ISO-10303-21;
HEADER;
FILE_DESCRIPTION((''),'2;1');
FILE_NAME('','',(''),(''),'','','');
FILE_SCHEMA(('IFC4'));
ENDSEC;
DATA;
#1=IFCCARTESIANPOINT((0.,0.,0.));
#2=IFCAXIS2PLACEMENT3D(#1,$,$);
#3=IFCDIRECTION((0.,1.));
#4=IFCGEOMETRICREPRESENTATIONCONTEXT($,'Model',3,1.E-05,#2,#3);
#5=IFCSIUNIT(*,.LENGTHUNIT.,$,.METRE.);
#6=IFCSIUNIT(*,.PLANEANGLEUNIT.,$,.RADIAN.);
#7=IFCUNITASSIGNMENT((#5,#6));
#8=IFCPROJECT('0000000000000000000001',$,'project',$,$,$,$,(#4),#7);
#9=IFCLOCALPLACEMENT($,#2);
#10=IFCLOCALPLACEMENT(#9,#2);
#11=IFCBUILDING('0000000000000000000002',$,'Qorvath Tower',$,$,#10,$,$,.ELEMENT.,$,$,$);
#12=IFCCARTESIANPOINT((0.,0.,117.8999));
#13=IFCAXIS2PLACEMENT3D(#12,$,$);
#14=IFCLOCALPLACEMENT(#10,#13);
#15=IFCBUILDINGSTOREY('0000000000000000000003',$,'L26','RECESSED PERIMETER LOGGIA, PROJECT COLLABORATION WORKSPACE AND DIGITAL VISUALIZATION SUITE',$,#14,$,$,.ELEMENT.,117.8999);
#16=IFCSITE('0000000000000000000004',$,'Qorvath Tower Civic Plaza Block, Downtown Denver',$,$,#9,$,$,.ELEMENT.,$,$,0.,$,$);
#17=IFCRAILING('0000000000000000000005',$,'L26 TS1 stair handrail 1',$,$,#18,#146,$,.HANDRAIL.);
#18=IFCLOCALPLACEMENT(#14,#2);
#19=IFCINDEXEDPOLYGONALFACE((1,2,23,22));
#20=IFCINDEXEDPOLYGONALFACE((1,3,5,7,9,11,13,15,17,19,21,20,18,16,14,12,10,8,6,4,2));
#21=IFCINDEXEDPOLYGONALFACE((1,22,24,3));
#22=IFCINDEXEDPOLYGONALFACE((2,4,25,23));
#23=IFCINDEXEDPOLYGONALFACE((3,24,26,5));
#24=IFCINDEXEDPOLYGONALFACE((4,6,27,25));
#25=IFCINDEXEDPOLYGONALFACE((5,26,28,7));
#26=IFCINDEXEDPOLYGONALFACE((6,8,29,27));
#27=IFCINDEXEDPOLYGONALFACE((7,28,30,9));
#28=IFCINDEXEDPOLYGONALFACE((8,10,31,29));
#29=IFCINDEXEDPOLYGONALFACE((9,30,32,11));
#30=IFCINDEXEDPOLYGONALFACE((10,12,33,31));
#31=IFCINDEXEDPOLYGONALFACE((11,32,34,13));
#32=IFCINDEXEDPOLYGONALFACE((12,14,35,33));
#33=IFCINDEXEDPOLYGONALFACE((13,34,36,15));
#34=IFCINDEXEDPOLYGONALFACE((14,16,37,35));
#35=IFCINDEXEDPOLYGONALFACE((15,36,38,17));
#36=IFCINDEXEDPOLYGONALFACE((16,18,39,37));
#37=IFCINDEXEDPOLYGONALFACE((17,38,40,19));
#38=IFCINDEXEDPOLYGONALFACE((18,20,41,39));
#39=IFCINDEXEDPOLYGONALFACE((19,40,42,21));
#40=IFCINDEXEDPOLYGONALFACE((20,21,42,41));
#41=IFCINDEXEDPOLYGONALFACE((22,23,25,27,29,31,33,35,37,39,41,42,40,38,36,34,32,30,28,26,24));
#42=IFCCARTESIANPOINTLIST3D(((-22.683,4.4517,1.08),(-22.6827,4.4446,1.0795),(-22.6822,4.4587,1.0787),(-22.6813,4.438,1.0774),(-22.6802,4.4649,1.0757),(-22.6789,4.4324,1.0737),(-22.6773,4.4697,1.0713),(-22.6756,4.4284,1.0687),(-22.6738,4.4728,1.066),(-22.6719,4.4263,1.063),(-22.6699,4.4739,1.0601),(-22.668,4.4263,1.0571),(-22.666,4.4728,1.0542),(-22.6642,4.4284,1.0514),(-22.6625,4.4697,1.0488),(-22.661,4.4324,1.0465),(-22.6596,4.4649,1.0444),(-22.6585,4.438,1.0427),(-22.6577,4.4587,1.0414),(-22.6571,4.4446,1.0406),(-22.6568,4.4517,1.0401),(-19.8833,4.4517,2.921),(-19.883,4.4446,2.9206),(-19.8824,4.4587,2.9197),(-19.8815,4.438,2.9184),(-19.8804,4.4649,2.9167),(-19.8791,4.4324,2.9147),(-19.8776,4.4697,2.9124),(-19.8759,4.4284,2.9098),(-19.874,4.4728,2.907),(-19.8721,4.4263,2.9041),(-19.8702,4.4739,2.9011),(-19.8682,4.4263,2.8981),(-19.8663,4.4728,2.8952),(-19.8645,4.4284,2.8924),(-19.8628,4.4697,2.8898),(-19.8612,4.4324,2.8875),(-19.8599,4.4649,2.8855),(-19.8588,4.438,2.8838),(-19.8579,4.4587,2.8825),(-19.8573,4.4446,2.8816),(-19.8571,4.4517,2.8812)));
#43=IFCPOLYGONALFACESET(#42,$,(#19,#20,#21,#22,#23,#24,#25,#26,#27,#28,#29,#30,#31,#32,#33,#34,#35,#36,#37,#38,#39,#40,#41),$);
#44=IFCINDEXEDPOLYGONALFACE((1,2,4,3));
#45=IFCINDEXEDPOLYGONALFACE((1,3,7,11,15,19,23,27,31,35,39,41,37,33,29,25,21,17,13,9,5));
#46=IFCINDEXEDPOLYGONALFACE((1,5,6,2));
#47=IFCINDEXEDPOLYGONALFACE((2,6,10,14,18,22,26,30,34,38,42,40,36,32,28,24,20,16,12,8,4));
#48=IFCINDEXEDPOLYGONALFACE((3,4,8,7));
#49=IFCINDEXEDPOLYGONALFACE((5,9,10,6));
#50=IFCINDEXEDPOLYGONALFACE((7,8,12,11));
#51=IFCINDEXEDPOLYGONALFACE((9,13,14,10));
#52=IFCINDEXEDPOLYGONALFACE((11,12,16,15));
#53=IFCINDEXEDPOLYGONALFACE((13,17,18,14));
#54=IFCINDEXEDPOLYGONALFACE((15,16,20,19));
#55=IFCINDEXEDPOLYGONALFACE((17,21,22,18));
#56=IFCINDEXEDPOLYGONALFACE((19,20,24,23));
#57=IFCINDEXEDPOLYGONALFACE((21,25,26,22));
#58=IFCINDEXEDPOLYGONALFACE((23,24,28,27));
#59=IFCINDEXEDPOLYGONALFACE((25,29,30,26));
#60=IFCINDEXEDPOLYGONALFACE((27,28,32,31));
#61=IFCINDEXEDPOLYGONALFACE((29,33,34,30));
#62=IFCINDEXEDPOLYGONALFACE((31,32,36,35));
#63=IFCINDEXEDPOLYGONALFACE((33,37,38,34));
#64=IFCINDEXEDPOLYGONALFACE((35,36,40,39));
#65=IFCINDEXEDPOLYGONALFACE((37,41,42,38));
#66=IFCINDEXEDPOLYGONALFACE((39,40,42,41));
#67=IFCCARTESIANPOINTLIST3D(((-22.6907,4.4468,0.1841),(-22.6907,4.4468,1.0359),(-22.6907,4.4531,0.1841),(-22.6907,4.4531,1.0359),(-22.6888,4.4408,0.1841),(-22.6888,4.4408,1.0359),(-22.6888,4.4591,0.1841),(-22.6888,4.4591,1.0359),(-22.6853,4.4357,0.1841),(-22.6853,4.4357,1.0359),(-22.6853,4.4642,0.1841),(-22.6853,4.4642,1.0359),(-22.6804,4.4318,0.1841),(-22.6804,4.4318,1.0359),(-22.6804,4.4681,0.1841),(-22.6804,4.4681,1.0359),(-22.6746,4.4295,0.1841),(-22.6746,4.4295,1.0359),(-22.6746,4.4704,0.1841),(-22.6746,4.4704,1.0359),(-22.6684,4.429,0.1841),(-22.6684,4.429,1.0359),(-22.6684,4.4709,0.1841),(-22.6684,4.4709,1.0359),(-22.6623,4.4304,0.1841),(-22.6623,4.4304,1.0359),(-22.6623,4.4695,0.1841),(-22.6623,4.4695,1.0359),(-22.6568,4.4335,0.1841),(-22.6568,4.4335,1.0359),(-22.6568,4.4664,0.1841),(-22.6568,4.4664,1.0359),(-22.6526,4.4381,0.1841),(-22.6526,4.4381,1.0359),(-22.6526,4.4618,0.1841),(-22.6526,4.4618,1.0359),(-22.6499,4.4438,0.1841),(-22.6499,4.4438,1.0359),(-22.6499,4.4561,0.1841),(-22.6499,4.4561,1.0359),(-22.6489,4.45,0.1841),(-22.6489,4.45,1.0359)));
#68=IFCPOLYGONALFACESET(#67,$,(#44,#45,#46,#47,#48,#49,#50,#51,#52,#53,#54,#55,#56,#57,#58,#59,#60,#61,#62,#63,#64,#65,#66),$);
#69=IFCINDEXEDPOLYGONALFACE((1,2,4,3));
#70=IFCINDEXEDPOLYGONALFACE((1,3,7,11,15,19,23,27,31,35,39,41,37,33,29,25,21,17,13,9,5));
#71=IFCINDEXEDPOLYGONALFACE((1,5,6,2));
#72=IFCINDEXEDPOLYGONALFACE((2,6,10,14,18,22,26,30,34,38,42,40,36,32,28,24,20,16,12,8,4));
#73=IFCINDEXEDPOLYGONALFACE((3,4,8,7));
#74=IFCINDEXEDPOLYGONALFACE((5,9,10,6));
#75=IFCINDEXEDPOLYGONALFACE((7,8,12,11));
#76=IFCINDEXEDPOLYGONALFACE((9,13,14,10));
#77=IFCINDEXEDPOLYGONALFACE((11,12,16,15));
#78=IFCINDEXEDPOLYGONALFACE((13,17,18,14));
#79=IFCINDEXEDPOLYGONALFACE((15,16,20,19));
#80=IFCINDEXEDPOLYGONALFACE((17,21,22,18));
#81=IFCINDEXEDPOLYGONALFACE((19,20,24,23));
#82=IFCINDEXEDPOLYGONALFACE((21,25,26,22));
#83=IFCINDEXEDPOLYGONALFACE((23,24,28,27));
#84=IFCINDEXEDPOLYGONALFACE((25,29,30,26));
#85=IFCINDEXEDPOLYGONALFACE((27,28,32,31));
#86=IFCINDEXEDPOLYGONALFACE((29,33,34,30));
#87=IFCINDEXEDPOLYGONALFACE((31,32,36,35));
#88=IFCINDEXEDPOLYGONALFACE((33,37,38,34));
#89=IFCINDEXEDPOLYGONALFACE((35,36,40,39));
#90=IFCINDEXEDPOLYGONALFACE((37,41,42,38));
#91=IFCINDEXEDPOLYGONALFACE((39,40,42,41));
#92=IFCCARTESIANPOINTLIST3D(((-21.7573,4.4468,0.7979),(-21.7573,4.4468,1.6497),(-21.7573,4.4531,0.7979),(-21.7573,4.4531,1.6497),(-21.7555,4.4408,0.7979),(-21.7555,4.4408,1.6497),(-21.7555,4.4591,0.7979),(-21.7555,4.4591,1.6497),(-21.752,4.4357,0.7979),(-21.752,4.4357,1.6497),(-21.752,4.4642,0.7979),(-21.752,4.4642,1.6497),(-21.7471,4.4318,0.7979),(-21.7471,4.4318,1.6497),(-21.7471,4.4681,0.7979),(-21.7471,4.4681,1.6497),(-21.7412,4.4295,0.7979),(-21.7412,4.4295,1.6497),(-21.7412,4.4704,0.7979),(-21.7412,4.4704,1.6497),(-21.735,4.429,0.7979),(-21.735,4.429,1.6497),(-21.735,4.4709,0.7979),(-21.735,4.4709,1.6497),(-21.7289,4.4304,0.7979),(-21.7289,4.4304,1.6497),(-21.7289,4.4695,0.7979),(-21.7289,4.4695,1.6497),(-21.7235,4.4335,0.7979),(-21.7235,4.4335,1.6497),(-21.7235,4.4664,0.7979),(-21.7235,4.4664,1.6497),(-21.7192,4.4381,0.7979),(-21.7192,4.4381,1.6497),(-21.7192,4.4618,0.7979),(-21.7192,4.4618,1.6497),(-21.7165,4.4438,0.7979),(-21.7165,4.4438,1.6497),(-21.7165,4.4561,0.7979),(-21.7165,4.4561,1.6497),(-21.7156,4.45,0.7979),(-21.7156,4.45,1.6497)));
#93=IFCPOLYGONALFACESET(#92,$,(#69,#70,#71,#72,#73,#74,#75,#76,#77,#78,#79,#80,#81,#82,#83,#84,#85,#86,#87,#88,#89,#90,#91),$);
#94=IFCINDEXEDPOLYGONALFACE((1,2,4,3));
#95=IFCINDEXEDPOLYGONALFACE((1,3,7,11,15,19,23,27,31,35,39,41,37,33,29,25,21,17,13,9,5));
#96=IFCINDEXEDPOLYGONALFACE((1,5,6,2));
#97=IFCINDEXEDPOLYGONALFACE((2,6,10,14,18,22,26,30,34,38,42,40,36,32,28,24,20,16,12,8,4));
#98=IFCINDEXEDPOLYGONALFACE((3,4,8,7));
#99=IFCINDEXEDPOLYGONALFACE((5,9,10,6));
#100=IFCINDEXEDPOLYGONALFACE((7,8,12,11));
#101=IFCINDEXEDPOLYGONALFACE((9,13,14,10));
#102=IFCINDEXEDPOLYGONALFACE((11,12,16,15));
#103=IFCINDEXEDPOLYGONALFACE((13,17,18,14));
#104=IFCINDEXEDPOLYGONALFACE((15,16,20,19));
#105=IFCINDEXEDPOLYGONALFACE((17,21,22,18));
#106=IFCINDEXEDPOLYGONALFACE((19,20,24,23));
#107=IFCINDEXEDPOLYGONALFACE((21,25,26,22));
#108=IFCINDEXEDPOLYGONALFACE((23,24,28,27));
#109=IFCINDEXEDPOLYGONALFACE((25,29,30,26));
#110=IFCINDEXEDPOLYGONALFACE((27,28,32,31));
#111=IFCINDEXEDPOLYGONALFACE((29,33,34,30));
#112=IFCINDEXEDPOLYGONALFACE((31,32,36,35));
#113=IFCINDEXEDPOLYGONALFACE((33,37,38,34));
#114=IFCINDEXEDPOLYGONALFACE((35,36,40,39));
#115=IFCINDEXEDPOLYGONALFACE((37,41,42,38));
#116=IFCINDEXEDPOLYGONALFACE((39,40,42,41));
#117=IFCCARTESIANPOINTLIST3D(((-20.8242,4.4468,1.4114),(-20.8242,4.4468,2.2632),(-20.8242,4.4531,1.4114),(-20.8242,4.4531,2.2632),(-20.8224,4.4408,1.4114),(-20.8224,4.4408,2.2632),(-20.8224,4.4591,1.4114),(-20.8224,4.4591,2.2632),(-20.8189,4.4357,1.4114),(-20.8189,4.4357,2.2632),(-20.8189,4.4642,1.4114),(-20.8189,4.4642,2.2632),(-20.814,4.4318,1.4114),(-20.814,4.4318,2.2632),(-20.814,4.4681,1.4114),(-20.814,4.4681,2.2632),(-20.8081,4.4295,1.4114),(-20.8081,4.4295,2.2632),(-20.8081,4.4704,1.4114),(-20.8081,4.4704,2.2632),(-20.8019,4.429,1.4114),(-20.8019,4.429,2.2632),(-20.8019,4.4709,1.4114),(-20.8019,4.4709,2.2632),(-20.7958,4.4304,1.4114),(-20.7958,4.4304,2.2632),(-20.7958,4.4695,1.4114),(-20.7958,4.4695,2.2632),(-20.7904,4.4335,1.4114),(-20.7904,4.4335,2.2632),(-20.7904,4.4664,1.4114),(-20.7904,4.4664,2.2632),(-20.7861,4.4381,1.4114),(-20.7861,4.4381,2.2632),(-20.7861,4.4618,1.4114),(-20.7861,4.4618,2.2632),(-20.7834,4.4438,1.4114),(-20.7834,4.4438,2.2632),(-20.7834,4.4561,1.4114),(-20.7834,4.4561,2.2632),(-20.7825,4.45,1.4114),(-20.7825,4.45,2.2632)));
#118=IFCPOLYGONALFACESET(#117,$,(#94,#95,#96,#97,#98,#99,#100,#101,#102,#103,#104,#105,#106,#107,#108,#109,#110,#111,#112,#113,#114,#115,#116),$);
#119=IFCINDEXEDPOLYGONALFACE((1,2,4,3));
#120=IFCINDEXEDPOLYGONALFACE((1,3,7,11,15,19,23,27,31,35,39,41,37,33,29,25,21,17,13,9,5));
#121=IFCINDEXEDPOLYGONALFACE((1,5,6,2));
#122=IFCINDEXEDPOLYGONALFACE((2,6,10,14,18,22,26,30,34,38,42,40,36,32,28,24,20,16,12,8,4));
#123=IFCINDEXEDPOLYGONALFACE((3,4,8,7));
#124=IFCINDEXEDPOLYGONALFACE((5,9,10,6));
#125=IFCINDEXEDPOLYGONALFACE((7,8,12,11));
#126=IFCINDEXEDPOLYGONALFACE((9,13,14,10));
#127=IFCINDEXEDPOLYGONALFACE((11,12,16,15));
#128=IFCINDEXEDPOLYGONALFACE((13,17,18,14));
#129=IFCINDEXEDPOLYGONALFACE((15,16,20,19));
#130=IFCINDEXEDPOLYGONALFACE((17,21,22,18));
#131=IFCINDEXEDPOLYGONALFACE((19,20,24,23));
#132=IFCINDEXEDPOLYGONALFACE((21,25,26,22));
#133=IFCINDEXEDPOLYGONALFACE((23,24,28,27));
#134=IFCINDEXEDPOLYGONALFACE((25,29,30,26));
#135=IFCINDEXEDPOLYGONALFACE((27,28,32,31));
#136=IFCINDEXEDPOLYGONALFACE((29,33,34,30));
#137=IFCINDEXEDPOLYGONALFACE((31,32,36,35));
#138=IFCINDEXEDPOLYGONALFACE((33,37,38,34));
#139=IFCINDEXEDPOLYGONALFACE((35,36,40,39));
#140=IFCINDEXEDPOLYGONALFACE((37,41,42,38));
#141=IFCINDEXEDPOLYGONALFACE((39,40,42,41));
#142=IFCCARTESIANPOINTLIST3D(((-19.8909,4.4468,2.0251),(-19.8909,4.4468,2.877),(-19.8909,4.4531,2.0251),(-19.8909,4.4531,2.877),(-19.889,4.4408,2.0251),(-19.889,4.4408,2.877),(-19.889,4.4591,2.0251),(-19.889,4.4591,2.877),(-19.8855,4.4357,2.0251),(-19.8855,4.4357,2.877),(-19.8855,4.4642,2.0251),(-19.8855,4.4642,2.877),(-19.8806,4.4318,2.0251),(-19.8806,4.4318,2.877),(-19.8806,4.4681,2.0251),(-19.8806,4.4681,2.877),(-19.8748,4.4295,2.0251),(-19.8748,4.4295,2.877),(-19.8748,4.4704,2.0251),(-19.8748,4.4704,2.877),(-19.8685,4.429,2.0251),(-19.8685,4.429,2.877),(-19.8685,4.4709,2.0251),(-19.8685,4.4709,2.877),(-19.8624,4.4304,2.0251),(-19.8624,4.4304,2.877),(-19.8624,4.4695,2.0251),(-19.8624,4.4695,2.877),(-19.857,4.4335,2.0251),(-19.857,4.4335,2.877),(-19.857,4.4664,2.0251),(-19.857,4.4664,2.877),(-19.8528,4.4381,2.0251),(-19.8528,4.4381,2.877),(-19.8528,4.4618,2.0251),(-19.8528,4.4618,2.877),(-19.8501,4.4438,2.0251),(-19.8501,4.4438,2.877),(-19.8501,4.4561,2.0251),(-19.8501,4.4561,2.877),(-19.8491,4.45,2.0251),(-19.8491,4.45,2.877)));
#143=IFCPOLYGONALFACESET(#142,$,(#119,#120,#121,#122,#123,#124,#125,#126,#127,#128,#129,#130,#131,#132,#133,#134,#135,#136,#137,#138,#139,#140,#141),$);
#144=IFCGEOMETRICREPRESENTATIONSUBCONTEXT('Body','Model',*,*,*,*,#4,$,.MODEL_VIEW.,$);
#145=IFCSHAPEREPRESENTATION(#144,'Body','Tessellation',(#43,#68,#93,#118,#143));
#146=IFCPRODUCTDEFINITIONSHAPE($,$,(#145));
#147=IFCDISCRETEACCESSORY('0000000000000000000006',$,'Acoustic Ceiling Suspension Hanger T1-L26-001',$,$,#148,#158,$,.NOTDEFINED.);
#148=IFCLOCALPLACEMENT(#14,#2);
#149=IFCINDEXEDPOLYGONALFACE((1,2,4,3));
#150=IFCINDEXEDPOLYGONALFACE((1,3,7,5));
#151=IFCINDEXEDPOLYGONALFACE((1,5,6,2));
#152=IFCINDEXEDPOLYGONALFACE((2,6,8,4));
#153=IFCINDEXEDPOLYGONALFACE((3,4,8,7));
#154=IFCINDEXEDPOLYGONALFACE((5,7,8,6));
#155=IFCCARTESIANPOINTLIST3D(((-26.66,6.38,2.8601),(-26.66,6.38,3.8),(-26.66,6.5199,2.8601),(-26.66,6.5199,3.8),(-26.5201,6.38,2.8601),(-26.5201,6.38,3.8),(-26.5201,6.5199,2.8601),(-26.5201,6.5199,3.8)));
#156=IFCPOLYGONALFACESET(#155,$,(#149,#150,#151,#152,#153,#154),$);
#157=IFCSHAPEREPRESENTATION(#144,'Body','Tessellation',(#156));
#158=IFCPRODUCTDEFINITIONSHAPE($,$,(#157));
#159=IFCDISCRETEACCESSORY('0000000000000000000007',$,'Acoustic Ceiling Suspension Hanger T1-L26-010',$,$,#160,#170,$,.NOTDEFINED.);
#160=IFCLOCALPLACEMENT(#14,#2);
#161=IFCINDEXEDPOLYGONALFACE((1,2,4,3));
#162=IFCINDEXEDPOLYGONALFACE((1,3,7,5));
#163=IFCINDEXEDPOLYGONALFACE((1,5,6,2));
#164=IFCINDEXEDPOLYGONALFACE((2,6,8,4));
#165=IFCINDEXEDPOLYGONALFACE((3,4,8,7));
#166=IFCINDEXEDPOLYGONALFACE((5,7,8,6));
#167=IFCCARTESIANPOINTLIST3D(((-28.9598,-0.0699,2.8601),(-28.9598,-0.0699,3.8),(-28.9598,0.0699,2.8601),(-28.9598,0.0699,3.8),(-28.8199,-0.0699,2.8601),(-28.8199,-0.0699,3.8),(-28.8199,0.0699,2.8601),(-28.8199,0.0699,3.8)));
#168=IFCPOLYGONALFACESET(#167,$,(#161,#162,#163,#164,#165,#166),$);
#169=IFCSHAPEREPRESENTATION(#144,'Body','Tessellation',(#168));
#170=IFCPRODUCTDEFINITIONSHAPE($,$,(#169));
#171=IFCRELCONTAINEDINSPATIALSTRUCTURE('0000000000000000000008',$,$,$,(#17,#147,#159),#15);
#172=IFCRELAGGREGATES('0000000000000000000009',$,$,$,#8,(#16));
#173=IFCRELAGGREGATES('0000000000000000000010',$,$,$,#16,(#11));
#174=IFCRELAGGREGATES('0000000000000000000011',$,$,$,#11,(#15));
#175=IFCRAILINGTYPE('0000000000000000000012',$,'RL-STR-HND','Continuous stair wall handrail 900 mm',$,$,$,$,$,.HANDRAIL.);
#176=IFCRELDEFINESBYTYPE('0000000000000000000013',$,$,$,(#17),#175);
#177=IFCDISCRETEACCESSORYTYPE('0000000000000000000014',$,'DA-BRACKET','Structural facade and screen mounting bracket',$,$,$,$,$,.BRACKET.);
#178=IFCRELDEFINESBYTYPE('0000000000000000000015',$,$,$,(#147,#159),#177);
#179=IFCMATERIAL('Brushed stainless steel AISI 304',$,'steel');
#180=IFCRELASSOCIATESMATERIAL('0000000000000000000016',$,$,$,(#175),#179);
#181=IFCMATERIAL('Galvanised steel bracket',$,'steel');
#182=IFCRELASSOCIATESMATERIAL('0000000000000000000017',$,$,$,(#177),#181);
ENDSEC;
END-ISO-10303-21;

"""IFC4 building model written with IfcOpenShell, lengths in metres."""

from ifc_helpers import new_model, si_unit, direction, frame, origin, origin_2d, place, context, subcontext, project, spatial, rectangle, circle, extrude, material, type_object, element, save


model = new_model("IFC4")

# Units and contexts
model_context = context("Model", 3, precision=1e-05, world=origin(), true_north=direction((0.0, 1.0)))
body_context = subcontext(model_context, "Body", "Model", "MODEL_VIEW")
ifc_project = project(units=[si_unit("LENGTHUNIT", "METRE"), si_unit("PLANEANGLEUNIT", "RADIAN")], contexts=[model_context])

# Site, building, storey
site_placement = place(None, origin())
site = spatial("IfcSite", under=ifc_project, at=site_placement, Name="Qorvath Tower Civic Plaza Block, Downtown Denver", CompositionType="ELEMENT", RefElevation=0.0)
building_placement = place(site_placement, origin())
building = spatial("IfcBuilding", under=site, at=building_placement, Name="Qorvath Tower", CompositionType="ELEMENT")
storey_placement = place(building_placement, frame((0.0, 0.0, 117.8999)))
storey = spatial("IfcBuildingStorey", under=building, at=storey_placement, Name="L26", Description="RECESSED PERIMETER LOGGIA, PROJECT COLLABORATION WORKSPACE AND DIGITAL VISUALIZATION SUITE", CompositionType="ELEMENT", Elevation=117.8999)

# Railing
ifc_material_1 = material(Name="Brushed stainless steel AISI 304", Category="steel")
railing_type_1 = type_object("IfcRailingType", Name="RL-STR-HND", Description="Continuous stair wall handrail 900 mm", PredefinedType="HANDRAIL", material=ifc_material_1)
railing_1_placement = place(storey_placement, frame((-22.6699, 4.45, 0.1841)))
element("IfcRailing", 1, at=railing_1_placement, inside=storey, type_object=railing_type_1, Name="L26 TS1 stair handrail 1", PredefinedType="HANDRAIL", context=body_context, shape_type="SweptSolid", body=[
    extrude(circle(Radius=0.0239, at=origin_2d()), frame((0.0, 0.0, 0.876), z_axis=(0.835542, 0.0, 0.549426), x_axis=(0.0, 1.0, 0.0)), (0.0, 0.0, 1.0), 3.3508),
    extrude(circle(Radius=0.021, at=origin_2d()), origin(), (0.0, 0.0, 1.0), 0.8518),
    extrude(circle(Radius=0.021, at=origin_2d()), frame((0.9333, 0.0, 0.6138)), (0.0, 0.0, 1.0), 0.8518),
    extrude(circle(Radius=0.021, at=origin_2d()), frame((1.8665, 0.0, 1.2273)), (0.0, 0.0, 1.0), 0.8518),
    extrude(circle(Radius=0.021, at=origin_2d()), frame((2.7998, 0.0, 1.8411)), (0.0, 0.0, 1.0), 0.8518),
])

# Discrete accessories
ifc_material_2 = material(Name="Galvanised steel bracket", Category="steel")
discrete_accessory_type = type_object("IfcDiscreteAccessoryType", Name="DA-BRACKET", Description="Structural facade and screen mounting bracket", PredefinedType="BRACKET", material=ifc_material_2)
for number, where, z_axis, x_axis, name in (
    (2, (-26.5901, 6.45, 2.8601), (0.0, 0.0, 1.0), (1.0, 0.0, 0.0), "Acoustic Ceiling Suspension Hanger T1-L26-001"),
    (3, (-28.8899, 0.0, 2.8601), (0.0, 0.0, 1.0), (1.0, 0.0, 0.0), "Acoustic Ceiling Suspension Hanger T1-L26-010"),
):
    element("IfcDiscreteAccessory", number, at=place(storey_placement, frame(where, z_axis=z_axis, x_axis=x_axis)), inside=storey, type_object=discrete_accessory_type, Name=name, PredefinedType="NOTDEFINED", context=body_context, shape_type="SweptSolid", body=[
        extrude(rectangle(XDim=0.1399, YDim=0.1399, at=origin_2d()), origin(), (0.0, 0.0, 1.0), 0.9399),
    ])

save(model, "model.ifc")
